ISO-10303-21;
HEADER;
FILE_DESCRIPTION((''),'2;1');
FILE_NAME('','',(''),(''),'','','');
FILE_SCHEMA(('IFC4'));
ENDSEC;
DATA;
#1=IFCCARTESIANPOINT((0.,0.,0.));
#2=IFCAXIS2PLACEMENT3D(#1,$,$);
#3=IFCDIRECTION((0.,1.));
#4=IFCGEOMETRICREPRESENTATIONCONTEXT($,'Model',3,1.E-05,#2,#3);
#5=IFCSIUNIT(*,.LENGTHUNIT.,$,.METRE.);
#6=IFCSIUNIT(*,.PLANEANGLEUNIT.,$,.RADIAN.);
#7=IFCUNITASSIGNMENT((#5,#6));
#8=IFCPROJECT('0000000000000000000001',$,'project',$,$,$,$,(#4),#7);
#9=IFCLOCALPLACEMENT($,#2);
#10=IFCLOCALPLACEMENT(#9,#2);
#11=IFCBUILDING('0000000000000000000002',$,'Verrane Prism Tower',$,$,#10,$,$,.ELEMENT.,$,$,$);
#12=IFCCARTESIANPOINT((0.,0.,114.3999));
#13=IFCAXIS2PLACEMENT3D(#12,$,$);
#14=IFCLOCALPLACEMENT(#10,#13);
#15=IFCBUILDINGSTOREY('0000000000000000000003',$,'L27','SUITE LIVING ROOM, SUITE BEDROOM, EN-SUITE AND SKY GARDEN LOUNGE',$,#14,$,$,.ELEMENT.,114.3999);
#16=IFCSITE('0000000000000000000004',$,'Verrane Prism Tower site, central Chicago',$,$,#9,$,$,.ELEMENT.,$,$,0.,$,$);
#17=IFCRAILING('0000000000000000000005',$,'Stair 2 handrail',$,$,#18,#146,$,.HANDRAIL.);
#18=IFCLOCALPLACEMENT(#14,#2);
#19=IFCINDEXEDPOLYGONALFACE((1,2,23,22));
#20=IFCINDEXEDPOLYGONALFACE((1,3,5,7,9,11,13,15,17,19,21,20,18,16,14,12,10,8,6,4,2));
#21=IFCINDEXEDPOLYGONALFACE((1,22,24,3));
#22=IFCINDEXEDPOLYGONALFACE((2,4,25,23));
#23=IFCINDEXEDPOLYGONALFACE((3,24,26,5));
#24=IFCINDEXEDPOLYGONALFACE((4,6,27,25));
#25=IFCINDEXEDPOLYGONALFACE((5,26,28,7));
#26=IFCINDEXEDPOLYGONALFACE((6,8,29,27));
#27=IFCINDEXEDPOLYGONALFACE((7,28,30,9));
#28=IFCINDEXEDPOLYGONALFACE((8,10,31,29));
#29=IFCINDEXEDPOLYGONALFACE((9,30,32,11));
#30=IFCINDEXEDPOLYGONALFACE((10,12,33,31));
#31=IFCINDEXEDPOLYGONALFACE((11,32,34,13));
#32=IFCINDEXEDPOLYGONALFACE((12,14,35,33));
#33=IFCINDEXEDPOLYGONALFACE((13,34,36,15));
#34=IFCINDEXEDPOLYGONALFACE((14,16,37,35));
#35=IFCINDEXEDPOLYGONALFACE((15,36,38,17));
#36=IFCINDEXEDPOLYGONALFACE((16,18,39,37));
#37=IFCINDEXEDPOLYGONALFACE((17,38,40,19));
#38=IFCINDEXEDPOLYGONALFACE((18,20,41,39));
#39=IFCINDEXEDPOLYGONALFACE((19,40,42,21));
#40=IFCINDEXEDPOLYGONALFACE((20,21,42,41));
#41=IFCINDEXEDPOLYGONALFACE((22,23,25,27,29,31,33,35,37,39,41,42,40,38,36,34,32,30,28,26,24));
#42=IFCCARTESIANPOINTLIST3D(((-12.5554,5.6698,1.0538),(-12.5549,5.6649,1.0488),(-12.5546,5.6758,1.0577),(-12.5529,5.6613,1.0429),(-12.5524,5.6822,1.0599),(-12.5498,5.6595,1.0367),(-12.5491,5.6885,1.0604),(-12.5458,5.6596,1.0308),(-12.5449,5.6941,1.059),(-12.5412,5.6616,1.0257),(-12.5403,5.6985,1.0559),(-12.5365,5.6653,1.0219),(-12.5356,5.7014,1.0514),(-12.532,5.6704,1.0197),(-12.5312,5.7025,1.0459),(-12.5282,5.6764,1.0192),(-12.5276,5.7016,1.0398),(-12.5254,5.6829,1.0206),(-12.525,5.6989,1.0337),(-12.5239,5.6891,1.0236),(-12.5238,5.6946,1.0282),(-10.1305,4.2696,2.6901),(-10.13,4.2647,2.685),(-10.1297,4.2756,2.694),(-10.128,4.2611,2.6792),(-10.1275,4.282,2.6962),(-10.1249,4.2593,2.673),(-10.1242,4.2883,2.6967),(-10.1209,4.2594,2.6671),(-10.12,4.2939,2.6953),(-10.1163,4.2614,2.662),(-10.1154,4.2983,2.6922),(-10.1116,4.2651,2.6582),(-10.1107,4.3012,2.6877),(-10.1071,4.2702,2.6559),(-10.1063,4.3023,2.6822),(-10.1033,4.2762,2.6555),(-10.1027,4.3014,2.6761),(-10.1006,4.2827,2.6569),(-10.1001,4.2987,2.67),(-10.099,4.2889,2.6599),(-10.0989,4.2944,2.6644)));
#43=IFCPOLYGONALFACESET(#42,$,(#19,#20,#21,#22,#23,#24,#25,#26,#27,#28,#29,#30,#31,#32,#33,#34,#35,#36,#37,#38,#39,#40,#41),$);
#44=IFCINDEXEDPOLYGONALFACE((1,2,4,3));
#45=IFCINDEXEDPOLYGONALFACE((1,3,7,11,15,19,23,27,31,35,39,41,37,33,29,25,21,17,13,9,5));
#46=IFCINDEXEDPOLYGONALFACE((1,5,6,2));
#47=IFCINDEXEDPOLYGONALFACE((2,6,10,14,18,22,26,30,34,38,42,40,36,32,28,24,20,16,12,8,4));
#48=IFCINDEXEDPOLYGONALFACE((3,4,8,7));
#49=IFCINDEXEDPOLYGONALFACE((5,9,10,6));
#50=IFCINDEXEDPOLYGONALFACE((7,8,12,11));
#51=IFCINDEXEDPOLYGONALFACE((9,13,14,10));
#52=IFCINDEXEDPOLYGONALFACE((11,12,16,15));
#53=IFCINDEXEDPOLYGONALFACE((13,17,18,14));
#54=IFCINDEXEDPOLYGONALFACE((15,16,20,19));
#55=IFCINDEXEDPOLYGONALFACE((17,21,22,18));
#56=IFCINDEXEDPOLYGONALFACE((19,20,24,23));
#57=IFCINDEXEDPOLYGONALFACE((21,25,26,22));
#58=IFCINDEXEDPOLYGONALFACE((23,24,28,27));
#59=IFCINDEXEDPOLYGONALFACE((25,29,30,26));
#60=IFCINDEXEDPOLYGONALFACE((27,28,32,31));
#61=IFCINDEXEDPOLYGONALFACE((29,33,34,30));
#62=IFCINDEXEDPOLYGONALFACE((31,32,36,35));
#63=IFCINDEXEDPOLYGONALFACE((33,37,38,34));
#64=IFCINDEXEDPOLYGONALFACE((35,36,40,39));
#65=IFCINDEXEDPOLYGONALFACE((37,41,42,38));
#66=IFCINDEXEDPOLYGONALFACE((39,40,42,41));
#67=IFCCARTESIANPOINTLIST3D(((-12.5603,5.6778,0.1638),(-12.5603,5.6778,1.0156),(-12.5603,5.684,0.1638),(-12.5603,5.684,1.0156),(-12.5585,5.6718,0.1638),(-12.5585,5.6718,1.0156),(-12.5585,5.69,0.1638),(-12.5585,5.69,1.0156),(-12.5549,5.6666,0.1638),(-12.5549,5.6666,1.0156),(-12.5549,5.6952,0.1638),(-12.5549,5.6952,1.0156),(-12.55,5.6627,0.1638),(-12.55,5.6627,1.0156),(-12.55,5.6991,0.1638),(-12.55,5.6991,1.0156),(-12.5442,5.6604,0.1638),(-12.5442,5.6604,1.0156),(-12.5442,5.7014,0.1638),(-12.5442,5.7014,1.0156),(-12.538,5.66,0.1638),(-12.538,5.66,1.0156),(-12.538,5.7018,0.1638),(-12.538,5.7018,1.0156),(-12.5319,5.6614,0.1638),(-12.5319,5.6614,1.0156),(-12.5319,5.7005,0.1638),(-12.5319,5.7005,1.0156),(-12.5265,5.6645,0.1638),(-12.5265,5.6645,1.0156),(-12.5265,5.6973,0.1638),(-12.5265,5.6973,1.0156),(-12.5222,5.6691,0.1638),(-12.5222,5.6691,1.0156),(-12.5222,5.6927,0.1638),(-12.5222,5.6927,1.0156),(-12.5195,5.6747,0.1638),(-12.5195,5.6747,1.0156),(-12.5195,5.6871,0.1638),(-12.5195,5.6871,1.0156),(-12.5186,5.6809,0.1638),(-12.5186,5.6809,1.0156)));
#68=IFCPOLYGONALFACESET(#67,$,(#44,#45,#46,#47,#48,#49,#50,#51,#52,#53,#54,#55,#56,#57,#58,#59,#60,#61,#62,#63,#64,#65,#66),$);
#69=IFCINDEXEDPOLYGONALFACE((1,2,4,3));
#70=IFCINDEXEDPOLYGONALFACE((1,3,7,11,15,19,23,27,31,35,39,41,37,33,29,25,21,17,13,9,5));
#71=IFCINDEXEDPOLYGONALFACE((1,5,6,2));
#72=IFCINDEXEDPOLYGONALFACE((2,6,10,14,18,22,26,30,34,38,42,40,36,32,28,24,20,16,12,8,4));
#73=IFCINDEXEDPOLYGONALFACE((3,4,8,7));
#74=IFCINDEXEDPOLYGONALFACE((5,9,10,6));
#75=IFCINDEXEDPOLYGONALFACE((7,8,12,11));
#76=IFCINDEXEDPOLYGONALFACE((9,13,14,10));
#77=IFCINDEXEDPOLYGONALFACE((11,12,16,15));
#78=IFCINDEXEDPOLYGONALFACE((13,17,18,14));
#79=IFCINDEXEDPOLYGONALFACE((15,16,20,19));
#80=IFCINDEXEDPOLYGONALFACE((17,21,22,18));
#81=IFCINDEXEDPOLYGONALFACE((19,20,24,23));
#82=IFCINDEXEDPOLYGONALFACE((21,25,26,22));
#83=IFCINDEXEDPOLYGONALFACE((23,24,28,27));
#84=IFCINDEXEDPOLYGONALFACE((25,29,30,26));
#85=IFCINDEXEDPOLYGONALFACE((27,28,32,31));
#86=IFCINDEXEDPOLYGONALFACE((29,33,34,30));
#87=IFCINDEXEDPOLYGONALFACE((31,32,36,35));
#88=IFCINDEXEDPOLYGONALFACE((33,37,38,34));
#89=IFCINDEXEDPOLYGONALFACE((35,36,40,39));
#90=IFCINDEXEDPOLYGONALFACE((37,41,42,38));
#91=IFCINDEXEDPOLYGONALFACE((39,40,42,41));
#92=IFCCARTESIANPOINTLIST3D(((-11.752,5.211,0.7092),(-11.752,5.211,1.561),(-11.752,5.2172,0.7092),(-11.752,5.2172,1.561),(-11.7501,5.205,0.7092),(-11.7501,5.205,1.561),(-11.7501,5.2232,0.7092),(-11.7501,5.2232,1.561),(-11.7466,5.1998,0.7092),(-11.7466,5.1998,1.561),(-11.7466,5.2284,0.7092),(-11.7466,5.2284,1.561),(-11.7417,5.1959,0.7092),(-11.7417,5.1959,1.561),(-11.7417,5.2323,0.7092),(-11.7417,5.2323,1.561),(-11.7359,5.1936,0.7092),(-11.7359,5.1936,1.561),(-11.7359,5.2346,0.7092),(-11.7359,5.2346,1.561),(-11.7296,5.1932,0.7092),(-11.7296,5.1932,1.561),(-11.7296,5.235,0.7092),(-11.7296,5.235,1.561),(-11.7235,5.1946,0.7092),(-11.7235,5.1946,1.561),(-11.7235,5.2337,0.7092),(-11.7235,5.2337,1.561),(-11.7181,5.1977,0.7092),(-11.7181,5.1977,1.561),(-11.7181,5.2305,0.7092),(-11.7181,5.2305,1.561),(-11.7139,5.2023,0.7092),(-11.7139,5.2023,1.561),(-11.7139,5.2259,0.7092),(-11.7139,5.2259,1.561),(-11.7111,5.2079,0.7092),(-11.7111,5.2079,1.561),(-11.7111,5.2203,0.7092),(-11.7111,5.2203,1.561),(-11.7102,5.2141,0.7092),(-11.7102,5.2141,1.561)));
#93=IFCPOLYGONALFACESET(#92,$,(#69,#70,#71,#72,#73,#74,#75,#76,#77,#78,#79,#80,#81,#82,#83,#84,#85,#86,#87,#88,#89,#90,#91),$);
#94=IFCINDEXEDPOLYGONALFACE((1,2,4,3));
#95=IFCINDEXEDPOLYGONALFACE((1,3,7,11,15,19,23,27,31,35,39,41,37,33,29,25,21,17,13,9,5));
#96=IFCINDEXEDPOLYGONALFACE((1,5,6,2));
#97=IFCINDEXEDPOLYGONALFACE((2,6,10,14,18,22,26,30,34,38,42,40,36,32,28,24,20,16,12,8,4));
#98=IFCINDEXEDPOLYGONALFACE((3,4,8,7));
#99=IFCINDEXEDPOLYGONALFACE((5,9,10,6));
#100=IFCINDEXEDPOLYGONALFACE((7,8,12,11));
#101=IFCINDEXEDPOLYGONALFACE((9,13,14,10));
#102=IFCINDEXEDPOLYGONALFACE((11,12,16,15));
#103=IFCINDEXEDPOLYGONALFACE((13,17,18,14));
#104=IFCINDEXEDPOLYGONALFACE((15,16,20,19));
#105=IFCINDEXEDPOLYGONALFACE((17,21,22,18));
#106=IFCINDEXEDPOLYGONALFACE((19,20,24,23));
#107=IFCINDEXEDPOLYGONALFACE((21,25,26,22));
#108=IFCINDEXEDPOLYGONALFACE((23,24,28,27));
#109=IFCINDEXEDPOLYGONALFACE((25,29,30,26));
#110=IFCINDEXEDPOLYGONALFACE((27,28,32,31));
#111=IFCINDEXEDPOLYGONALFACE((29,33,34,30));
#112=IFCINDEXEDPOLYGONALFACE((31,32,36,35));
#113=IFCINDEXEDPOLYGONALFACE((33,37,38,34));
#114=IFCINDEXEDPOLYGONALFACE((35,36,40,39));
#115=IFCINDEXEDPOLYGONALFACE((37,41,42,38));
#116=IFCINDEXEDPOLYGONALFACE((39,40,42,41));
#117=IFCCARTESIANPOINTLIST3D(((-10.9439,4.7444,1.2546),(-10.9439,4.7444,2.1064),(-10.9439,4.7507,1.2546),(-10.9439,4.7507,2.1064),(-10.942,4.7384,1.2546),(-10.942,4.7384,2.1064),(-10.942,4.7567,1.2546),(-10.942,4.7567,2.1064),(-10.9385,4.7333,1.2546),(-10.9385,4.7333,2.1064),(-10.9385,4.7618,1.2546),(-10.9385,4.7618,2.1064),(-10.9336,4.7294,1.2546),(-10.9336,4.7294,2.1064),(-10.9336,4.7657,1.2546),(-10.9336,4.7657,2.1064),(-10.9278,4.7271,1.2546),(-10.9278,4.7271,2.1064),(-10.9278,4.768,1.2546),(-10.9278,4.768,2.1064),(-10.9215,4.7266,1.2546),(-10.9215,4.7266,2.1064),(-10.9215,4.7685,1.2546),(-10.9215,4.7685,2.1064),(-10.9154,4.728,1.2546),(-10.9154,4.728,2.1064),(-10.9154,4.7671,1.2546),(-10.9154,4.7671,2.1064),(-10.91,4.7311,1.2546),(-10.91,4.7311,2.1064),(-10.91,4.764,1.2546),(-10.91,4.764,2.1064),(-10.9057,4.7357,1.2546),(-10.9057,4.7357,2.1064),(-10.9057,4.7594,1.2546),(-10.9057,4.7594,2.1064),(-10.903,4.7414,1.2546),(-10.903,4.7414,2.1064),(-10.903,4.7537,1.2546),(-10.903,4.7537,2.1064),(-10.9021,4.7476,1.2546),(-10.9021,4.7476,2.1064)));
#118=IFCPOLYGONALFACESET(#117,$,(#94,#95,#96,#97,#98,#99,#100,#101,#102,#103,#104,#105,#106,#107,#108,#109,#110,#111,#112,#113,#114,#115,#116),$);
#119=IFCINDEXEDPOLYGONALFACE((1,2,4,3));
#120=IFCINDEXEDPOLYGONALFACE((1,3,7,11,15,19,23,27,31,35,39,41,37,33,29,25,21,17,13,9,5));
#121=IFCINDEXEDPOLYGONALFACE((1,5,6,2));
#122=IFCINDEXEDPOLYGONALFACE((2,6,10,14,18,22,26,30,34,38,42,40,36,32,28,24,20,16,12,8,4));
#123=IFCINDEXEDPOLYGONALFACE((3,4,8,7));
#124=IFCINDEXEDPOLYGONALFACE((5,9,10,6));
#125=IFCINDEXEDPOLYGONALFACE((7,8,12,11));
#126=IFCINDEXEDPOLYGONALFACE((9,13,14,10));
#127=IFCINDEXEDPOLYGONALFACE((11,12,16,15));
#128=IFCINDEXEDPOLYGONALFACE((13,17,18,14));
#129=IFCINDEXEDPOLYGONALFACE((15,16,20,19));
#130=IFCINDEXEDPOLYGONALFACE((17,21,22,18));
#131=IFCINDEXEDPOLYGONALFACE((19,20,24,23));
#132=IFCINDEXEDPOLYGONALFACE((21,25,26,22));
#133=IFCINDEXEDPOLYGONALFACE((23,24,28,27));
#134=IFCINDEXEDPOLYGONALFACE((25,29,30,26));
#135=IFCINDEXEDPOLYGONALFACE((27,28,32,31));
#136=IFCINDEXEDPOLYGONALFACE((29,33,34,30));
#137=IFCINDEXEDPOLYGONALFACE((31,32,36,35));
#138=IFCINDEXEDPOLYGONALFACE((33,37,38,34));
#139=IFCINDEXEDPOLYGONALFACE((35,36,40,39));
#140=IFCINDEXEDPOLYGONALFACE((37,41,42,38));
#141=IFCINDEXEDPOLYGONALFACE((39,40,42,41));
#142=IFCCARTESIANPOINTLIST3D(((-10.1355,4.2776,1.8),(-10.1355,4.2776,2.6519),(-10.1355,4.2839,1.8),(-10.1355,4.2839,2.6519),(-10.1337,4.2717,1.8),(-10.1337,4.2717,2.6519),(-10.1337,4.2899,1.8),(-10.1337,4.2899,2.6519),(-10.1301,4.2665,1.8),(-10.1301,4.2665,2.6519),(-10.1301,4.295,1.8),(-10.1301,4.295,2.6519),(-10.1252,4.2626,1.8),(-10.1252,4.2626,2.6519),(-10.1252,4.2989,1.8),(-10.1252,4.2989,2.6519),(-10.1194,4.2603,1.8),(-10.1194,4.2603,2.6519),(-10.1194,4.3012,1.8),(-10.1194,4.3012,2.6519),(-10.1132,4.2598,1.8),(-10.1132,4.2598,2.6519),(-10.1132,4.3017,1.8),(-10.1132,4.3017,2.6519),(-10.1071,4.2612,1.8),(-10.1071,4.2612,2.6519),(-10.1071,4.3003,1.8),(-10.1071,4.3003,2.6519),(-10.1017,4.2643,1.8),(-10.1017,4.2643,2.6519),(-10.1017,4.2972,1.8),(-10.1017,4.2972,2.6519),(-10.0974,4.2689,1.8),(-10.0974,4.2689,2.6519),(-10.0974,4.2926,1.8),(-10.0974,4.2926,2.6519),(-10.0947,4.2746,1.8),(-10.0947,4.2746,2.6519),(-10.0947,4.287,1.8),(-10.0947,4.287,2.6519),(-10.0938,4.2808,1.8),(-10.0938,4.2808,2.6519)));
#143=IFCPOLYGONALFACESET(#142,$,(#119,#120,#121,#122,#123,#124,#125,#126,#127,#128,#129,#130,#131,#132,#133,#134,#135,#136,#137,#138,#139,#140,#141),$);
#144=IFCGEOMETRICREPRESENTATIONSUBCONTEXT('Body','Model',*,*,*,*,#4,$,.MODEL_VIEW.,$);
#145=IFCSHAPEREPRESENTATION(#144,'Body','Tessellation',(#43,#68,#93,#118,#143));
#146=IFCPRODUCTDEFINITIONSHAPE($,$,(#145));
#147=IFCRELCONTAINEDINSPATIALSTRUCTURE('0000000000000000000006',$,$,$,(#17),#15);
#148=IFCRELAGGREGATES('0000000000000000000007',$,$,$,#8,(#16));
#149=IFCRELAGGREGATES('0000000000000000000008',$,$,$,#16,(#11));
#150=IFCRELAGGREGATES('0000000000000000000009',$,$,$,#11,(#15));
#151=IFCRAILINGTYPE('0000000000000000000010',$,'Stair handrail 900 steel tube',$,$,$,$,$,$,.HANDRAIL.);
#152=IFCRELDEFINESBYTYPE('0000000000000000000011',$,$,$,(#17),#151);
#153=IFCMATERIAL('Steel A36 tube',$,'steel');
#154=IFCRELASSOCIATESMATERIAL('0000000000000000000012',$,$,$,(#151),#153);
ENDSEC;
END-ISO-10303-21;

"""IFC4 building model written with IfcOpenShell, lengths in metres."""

from ifc_helpers import new_model, si_unit, direction, frame, origin, origin_2d, place, context, subcontext, project, spatial, circle, extrude, material, type_object, element, save


model = new_model("IFC4")

# Units and contexts
model_context = context("Model", 3, precision=1e-05, world=origin(), true_north=direction((0.0, 1.0)))
body_context = subcontext(model_context, "Body", "Model", "MODEL_VIEW")
ifc_project = project(units=[si_unit("LENGTHUNIT", "METRE"), si_unit("PLANEANGLEUNIT", "RADIAN")], contexts=[model_context])

# Site, building, storey
site_placement = place(None, origin())
site = spatial("IfcSite", under=ifc_project, at=site_placement, Name="Verrane Prism Tower site, central Chicago", CompositionType="ELEMENT", RefElevation=0.0)
building_placement = place(site_placement, origin())
building = spatial("IfcBuilding", under=site, at=building_placement, Name="Verrane Prism Tower", CompositionType="ELEMENT")
storey_placement = place(building_placement, frame((0.0, 0.0, 114.3999)))
storey = spatial("IfcBuildingStorey", under=building, at=storey_placement, Name="L27", Description="SUITE LIVING ROOM, SUITE BEDROOM, EN-SUITE AND SKY GARDEN LOUNGE", CompositionType="ELEMENT", Elevation=114.3999)

# Railing
ifc_material_1 = material(Name="Steel A36 tube", Category="steel")
railing_type_1 = type_object("IfcRailingType", Name="Stair handrail 900 steel tube", PredefinedType="HANDRAIL", material=ifc_material_1)
railing_1_placement = place(storey_placement, frame((-12.5396, 5.6809, 0.1638)))
element("IfcRailing", 1, at=railing_1_placement, inside=storey, type_object=railing_type_1, Name="Stair 2 handrail", PredefinedType="HANDRAIL", context=body_context, shape_type="SweptSolid", body=[
    extrude(circle(Radius=0.0239, at=origin_2d()), frame((0.0, 0.0, 0.876), z_axis=(0.747694, -0.431738, 0.504535), x_axis=(0.50005, 0.865997, 0.0)), (0.0, 0.0, 1.0), 3.2432),
    extrude(circle(Radius=0.021, at=origin_2d()), origin(), (0.0, 0.0, 1.0), 0.8518),
    extrude(circle(Radius=0.021, at=origin_2d()), frame((0.8083, -0.4668, 0.5454)), (0.0, 0.0, 1.0), 0.8518),
    extrude(circle(Radius=0.021, at=origin_2d()), frame((1.6165, -0.9333, 1.0908)), (0.0, 0.0, 1.0), 0.8518),
    extrude(circle(Radius=0.021, at=origin_2d()), frame((2.4248, -1.4001, 1.6362)), (0.0, 0.0, 1.0), 0.8518),
])

save(model, "model.ifc")
